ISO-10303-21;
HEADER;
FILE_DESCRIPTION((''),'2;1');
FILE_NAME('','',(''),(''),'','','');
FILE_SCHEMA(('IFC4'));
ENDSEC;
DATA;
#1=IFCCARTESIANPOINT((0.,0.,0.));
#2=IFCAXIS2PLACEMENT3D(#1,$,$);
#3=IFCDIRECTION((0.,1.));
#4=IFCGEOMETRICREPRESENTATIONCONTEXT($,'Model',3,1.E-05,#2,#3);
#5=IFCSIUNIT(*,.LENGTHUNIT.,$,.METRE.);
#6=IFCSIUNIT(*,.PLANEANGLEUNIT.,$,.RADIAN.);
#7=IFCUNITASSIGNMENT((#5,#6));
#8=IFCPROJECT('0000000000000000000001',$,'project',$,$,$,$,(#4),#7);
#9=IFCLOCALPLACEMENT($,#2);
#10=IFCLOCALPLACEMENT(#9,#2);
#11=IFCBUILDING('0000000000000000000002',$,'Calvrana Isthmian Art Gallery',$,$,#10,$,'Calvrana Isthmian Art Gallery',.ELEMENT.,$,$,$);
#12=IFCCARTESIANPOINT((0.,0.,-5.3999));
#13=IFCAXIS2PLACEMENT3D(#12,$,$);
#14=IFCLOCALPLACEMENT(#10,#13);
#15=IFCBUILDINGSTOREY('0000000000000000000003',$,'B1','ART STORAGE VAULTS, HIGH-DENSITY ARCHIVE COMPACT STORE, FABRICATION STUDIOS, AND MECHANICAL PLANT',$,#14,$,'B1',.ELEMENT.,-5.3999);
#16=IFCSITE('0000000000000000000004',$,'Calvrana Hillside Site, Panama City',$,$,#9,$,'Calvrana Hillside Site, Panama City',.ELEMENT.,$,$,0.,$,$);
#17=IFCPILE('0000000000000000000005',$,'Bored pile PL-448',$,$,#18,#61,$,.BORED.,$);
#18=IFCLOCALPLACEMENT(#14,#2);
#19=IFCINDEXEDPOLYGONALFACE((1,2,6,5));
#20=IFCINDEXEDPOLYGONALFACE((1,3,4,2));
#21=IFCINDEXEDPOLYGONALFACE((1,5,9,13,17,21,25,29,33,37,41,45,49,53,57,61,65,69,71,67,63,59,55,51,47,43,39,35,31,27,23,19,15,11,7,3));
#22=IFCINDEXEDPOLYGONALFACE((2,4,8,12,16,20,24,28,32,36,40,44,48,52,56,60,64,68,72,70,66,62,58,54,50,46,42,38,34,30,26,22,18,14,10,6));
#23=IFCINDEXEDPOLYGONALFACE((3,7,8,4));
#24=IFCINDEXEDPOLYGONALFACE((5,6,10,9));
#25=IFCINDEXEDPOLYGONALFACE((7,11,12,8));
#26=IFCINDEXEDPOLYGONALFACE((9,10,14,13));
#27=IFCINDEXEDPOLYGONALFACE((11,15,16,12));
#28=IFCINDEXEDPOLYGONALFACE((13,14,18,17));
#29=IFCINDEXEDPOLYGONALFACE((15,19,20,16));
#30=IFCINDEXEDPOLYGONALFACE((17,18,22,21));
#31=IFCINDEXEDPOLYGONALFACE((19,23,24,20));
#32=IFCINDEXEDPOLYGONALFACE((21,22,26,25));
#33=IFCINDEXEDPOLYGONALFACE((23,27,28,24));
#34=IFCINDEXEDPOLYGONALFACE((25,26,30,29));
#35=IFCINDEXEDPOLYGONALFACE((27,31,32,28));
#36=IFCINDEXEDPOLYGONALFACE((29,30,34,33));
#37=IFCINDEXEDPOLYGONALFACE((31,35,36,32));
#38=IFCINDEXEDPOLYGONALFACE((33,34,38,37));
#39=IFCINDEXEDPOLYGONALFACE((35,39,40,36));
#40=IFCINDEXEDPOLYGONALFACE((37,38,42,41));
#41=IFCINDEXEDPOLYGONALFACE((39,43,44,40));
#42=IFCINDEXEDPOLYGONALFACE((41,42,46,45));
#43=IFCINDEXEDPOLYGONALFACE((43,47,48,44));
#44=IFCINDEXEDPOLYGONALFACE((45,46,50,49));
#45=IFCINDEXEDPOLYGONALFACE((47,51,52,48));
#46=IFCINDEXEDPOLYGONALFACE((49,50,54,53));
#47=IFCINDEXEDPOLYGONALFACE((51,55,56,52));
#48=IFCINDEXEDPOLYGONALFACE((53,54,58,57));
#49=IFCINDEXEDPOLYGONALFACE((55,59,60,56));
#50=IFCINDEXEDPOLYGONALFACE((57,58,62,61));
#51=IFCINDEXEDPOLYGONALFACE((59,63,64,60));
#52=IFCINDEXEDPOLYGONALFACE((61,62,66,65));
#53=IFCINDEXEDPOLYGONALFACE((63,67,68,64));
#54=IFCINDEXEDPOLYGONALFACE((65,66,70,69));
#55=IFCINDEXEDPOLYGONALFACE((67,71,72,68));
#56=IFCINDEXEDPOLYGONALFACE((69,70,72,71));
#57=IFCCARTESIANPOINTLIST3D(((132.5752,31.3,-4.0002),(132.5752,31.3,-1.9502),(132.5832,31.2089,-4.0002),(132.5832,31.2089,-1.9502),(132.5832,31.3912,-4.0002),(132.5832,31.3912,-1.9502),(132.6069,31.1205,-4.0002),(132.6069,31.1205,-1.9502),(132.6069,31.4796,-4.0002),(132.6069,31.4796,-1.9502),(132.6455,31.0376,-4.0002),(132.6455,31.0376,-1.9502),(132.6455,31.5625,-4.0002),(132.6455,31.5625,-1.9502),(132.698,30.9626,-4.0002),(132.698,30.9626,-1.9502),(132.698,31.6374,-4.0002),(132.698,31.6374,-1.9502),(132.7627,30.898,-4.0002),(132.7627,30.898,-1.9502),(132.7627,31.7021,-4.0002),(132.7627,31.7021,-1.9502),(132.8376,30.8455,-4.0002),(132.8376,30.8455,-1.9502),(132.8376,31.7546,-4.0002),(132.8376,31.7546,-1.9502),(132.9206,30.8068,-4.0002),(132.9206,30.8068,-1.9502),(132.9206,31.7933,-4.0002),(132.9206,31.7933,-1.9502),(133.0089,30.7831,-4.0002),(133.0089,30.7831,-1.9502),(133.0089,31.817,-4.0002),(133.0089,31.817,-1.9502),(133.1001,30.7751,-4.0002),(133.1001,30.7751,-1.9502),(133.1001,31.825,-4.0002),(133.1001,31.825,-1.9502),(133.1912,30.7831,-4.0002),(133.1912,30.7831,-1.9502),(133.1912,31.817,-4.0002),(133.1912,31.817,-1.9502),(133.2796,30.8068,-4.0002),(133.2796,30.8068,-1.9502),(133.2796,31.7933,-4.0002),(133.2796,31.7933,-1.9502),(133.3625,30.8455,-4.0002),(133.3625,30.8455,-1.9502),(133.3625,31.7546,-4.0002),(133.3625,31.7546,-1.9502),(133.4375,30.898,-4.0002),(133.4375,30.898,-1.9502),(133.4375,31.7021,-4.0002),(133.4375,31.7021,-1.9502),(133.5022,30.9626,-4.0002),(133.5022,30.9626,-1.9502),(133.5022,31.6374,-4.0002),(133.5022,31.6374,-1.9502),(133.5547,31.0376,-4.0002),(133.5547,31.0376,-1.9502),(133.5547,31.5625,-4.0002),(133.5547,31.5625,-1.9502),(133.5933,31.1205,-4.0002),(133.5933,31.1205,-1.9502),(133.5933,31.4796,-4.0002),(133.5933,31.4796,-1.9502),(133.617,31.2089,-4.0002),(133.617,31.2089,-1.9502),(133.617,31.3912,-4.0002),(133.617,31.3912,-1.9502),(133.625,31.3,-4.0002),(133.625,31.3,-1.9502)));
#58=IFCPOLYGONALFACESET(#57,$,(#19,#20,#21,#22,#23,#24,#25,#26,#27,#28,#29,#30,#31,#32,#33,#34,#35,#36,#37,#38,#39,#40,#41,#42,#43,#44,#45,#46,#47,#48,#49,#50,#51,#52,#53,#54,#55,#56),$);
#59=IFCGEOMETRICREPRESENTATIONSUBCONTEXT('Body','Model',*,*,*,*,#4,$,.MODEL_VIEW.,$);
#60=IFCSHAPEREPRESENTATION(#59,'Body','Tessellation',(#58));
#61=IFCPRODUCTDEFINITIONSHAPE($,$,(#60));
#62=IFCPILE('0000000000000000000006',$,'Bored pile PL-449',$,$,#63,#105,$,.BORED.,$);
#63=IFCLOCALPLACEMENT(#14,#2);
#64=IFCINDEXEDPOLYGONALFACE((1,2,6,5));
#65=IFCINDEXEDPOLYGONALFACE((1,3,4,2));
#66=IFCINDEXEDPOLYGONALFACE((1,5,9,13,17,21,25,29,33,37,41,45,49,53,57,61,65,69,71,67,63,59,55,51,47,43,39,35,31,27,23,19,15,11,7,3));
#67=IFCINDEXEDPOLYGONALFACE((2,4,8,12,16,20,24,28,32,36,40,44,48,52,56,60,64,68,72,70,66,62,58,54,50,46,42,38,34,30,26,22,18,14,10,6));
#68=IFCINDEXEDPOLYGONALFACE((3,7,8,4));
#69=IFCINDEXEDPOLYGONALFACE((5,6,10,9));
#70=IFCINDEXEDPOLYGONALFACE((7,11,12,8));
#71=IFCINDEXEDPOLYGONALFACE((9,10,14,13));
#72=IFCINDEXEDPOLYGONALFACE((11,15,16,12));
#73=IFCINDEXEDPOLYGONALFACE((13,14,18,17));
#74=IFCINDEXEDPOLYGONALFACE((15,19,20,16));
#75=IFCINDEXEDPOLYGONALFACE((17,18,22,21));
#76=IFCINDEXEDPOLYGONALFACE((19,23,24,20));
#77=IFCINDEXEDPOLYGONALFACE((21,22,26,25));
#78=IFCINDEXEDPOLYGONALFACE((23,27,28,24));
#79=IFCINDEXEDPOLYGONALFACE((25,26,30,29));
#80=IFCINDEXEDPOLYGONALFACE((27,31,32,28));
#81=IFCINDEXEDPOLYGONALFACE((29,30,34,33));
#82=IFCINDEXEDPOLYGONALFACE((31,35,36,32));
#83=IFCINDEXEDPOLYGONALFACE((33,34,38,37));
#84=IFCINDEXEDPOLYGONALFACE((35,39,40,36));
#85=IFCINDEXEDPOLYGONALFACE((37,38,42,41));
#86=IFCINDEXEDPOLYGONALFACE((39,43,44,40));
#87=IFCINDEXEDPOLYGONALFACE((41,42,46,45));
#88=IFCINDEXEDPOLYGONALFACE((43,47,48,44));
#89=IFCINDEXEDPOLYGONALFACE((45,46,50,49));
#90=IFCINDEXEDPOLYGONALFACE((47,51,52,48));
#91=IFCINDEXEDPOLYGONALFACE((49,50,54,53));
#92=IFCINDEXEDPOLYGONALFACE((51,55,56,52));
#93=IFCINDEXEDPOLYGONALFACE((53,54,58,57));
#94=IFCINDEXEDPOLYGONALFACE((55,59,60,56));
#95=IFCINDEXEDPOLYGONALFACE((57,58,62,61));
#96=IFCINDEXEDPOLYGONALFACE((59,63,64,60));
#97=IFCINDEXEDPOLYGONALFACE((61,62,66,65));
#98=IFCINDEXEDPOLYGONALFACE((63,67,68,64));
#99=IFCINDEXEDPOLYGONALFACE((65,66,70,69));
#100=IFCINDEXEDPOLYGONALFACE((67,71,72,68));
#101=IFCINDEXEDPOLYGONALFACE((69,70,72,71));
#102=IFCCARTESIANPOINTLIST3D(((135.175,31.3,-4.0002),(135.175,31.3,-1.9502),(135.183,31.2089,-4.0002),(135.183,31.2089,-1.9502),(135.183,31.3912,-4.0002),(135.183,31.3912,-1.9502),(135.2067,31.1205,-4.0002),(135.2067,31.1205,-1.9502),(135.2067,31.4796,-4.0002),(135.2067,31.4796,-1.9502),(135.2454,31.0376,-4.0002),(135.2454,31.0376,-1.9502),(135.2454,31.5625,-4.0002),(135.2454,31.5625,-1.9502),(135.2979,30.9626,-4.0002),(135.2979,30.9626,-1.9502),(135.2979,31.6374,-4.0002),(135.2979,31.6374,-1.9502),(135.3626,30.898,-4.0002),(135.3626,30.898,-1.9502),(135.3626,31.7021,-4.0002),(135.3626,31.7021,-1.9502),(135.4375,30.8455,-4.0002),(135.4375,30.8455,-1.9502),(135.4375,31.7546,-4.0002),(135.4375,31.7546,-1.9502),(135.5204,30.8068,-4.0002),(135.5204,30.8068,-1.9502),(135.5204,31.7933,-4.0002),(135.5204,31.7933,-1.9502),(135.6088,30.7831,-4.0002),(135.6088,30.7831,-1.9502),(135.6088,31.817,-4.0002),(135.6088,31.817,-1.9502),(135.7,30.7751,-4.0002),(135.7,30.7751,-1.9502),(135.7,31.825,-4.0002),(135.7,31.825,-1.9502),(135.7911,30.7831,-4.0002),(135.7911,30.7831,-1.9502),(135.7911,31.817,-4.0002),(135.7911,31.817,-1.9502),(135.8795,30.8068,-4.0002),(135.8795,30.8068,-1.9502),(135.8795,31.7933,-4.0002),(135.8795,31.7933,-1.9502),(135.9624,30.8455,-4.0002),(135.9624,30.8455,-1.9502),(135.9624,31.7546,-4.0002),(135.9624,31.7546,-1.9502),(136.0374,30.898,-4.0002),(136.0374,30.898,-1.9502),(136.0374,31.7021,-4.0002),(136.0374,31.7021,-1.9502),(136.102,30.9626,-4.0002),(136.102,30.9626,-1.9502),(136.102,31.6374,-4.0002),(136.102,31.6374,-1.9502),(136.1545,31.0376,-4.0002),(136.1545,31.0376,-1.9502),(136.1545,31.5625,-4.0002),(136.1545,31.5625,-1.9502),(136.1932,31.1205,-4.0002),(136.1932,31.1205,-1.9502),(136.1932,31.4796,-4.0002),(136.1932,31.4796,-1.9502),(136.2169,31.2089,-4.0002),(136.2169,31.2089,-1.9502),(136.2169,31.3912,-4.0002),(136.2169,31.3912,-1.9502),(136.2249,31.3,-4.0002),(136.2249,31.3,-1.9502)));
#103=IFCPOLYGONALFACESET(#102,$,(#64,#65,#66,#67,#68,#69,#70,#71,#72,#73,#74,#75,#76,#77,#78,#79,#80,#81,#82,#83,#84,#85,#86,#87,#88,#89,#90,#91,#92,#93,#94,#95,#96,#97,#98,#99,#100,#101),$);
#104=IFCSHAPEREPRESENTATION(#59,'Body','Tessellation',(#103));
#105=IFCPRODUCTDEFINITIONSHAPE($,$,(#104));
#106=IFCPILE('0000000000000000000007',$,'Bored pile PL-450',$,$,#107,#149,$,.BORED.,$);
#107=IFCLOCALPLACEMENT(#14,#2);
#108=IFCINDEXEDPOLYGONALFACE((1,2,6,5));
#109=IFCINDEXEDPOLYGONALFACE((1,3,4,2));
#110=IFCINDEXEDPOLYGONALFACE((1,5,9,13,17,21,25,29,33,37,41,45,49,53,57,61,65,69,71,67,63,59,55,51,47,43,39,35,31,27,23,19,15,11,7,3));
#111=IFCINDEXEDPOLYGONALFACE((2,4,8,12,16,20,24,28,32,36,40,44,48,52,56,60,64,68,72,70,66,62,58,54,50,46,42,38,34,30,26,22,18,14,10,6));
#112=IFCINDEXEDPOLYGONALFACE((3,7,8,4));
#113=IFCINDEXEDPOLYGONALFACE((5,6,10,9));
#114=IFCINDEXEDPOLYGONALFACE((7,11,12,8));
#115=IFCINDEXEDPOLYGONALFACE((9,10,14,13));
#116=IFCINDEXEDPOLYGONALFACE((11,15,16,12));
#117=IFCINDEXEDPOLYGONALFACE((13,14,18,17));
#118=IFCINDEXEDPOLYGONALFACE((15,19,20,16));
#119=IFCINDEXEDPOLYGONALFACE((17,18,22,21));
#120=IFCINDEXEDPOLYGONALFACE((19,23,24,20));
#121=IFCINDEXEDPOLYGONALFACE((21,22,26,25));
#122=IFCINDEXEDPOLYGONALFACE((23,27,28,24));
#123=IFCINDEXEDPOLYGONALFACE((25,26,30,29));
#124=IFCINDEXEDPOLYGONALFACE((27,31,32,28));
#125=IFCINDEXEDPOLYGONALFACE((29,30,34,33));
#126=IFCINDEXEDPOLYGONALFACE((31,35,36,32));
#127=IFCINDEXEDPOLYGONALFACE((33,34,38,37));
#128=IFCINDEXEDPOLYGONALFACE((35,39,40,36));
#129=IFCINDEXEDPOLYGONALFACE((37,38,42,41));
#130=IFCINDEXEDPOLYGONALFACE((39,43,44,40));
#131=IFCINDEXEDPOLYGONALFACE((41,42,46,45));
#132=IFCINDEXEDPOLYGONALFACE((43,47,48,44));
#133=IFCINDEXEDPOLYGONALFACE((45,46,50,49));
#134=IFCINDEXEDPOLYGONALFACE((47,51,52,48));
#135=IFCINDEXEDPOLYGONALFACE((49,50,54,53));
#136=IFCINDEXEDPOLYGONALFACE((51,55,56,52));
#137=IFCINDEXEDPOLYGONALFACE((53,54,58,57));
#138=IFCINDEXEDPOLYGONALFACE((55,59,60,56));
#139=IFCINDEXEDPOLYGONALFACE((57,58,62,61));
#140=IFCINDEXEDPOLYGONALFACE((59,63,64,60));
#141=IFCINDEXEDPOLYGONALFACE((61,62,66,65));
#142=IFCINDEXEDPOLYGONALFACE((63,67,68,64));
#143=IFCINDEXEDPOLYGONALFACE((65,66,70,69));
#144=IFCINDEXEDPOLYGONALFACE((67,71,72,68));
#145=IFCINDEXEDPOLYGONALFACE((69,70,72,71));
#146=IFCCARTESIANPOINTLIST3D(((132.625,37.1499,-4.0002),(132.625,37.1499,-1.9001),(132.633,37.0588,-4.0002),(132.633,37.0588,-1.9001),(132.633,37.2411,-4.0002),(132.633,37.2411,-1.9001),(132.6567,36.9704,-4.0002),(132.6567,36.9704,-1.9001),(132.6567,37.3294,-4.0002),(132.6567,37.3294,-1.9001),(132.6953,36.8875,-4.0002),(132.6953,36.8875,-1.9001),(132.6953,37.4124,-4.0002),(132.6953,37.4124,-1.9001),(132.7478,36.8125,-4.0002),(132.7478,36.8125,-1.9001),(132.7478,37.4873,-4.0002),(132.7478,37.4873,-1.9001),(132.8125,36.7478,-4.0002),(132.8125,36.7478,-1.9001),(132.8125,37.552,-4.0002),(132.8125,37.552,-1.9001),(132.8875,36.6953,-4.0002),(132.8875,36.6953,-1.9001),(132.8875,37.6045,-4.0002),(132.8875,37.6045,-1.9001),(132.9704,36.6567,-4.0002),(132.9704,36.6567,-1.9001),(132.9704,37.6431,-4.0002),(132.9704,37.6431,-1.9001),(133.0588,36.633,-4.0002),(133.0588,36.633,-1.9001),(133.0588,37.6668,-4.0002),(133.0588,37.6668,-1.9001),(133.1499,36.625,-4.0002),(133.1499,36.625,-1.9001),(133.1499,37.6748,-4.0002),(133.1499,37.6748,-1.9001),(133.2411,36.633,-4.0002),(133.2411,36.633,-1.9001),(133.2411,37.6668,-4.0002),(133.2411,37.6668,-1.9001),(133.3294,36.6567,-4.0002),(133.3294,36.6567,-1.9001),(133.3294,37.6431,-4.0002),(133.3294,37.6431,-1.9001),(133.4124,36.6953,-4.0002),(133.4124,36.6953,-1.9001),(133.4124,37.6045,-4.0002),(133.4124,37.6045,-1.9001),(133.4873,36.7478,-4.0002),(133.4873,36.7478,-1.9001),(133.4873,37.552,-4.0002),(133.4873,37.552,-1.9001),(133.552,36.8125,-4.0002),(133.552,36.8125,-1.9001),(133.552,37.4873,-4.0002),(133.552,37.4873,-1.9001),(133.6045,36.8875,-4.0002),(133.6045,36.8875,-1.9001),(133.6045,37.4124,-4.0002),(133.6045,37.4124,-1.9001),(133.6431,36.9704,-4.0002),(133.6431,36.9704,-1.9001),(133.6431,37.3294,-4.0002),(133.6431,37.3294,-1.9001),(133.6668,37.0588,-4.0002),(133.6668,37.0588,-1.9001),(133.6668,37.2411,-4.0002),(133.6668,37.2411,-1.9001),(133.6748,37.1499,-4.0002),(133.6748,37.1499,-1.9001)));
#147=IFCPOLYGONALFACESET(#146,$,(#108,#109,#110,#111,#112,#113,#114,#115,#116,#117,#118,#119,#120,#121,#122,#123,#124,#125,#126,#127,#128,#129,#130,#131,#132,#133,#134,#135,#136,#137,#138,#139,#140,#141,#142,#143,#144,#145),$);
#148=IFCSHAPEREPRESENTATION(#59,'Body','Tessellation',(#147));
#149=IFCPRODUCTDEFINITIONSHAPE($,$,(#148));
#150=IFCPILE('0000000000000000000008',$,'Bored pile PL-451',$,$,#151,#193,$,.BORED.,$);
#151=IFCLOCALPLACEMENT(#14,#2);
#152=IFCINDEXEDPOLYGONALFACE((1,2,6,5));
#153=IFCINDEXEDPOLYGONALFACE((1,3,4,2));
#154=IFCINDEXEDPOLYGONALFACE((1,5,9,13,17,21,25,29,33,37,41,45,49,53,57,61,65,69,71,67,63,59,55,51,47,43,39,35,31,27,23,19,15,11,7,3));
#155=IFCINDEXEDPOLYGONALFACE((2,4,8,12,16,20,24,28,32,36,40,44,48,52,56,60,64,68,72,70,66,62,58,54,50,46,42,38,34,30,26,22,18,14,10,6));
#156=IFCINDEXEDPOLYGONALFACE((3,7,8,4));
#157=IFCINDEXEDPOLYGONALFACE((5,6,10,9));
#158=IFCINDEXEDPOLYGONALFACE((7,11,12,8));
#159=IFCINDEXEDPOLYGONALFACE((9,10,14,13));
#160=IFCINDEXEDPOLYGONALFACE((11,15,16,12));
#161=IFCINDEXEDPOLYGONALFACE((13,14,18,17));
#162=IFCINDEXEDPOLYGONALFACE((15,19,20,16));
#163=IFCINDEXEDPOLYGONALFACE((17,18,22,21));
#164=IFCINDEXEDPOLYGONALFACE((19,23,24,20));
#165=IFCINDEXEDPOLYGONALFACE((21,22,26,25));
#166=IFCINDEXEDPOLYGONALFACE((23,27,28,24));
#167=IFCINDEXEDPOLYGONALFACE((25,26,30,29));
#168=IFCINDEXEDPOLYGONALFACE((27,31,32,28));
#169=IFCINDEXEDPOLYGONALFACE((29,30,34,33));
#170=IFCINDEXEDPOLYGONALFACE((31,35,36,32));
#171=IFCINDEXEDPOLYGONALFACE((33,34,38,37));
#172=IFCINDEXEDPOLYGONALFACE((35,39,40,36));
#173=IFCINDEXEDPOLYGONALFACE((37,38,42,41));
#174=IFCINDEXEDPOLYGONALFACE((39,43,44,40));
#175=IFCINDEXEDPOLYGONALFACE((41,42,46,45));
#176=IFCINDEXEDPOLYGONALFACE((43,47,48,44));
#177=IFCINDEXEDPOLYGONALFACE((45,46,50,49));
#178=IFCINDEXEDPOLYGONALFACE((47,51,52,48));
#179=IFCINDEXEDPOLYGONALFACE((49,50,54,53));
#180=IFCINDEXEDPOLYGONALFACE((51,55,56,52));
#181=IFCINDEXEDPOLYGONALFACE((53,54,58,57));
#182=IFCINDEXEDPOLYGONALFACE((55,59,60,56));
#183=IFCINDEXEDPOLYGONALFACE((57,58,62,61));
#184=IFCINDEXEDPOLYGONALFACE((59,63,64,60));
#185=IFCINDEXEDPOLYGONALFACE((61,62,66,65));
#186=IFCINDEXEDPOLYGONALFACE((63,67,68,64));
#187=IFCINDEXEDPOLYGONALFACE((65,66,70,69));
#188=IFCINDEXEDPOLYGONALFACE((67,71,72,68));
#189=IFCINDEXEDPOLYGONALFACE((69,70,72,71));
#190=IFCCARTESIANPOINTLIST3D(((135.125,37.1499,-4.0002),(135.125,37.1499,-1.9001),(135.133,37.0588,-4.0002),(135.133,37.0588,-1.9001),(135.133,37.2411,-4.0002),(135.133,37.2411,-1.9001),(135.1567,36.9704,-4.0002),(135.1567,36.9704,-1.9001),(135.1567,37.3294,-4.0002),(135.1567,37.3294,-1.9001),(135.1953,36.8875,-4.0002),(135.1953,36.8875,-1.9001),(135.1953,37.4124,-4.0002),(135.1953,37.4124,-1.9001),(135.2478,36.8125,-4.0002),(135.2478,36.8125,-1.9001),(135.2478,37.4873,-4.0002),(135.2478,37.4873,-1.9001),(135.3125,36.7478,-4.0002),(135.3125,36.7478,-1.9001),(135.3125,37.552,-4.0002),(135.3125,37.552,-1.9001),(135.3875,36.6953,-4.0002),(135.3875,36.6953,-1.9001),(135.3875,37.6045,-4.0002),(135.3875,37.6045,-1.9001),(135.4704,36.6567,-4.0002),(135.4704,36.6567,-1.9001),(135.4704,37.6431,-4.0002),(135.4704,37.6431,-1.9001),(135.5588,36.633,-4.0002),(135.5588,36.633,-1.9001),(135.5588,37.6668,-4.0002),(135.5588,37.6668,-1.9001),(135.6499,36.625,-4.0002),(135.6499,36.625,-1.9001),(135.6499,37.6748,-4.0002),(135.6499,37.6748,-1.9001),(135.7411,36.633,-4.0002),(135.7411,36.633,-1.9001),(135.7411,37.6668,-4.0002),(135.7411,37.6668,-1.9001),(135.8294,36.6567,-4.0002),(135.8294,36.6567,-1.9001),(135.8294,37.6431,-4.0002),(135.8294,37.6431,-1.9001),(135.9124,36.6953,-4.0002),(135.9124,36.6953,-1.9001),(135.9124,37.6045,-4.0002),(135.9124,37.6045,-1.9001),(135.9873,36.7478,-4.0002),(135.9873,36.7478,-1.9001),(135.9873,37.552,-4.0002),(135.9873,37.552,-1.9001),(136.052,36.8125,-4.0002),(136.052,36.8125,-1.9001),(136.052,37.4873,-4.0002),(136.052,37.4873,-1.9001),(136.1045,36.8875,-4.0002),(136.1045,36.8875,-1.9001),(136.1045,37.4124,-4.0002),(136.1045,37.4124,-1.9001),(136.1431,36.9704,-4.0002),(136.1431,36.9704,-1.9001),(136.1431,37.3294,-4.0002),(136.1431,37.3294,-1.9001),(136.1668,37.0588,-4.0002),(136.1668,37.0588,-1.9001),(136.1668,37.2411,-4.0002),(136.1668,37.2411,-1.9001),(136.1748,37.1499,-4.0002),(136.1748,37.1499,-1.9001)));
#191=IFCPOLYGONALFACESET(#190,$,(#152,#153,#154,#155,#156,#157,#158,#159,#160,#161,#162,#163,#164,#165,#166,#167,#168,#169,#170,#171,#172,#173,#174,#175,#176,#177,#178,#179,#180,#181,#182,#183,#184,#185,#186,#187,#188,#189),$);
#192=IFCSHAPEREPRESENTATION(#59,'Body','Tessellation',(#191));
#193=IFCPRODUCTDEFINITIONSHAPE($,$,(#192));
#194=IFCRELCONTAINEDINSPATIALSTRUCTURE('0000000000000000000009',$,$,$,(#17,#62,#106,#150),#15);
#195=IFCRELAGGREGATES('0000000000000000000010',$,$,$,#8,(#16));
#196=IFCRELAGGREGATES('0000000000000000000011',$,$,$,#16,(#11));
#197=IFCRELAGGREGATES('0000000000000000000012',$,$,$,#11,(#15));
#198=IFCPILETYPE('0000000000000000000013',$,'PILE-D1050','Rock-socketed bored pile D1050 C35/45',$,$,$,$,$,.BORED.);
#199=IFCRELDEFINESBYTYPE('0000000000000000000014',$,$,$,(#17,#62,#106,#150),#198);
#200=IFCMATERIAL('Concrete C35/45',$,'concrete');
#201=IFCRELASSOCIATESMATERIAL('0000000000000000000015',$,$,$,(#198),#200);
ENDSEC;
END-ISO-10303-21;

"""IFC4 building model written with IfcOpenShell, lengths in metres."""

from ifc_helpers import new_model, si_unit, direction, frame, origin, origin_2d, place, context, subcontext, project, spatial, circle, extrude, material, material_profile, profile_set, type_object, element, save


model = new_model("IFC4")

# Units and contexts
model_context = context("Model", 3, precision=1e-05, world=origin(), true_north=direction((0.0, 1.0)))
body_context = subcontext(model_context, "Body", "Model", "MODEL_VIEW")
ifc_project = project(units=[si_unit("LENGTHUNIT", "METRE"), si_unit("PLANEANGLEUNIT", "RADIAN")], contexts=[model_context])

# Site, building, storey
site_placement = place(None, origin())
site = spatial("IfcSite", under=ifc_project, at=site_placement, Name="Calvrana Hillside Site, Panama City", LongName="Calvrana Hillside Site, Panama City", CompositionType="ELEMENT", RefElevation=0.0)
building_placement = place(site_placement, origin())
building = spatial("IfcBuilding", under=site, at=building_placement, Name="Calvrana Isthmian Art Gallery", LongName="Calvrana Isthmian Art Gallery", CompositionType="ELEMENT")
storey_placement = place(building_placement, frame((0.0, 0.0, -5.3999)))
storey = spatial("IfcBuildingStorey", under=building, at=storey_placement, Name="B1", Description="ART STORAGE VAULTS, HIGH-DENSITY ARCHIVE COMPACT STORE, FABRICATION STUDIOS, AND MECHANICAL PLANT", LongName="B1", CompositionType="ELEMENT", Elevation=-5.3999)

# Shared definitions
ifc_material_1 = material(Name="Concrete C35/45", Category="concrete")

# Piles
ifc_material_profile_1 = material_profile(ifc_material_1, circle(Radius=0.5249, at=origin_2d()), Name="PILE1050D")
ifc_profile_set_1 = profile_set([ifc_material_profile_1], Name="Concrete C35/45")
pile_type_1 = type_object("IfcPileType", Name="PILE-D1050", Description="Rock-socketed bored pile D1050 C35/45", PredefinedType="BORED", material=ifc_profile_set_1)
for number, where, z_axis, x_axis, name in (
    (1, (133.1001, 31.3, -1.9502), (0.0, 0.0, -1.0), (1.0, 0.0, 0.0), "Bored pile PL-448"),
    (2, (135.7, 31.3, -1.9502), (0.0, 0.0, -1.0), (1.0, 0.0, 0.0), "Bored pile PL-449"),
):
    element("IfcPile", number, at=place(storey_placement, frame(where, z_axis=z_axis, x_axis=x_axis)), inside=storey, type_object=pile_type_1, Name=name, PredefinedType="BORED", context=body_context, shape_type="SweptSolid", body=[
        extrude(circle(Radius=0.5249, at=origin_2d()), origin(), (0.0, 0.0, 1.0), 2.05),
    ])
for number, where, z_axis, x_axis, name in (
    (3, (133.1499, 37.1499, -1.9001), (0.0, 0.0, -1.0), (1.0, 0.0, 0.0), "Bored pile PL-450"),
    (4, (135.6499, 37.1499, -1.9001), (0.0, 0.0, -1.0), (1.0, 0.0, 0.0), "Bored pile PL-451"),
):
    element("IfcPile", number, at=place(storey_placement, frame(where, z_axis=z_axis, x_axis=x_axis)), inside=storey, type_object=pile_type_1, Name=name, PredefinedType="BORED", context=body_context, shape_type="SweptSolid", body=[
        extrude(circle(Radius=0.5249, at=origin_2d()), origin(), (0.0, 0.0, 1.0), 2.1001),
    ])

save(model, "model.ifc")
